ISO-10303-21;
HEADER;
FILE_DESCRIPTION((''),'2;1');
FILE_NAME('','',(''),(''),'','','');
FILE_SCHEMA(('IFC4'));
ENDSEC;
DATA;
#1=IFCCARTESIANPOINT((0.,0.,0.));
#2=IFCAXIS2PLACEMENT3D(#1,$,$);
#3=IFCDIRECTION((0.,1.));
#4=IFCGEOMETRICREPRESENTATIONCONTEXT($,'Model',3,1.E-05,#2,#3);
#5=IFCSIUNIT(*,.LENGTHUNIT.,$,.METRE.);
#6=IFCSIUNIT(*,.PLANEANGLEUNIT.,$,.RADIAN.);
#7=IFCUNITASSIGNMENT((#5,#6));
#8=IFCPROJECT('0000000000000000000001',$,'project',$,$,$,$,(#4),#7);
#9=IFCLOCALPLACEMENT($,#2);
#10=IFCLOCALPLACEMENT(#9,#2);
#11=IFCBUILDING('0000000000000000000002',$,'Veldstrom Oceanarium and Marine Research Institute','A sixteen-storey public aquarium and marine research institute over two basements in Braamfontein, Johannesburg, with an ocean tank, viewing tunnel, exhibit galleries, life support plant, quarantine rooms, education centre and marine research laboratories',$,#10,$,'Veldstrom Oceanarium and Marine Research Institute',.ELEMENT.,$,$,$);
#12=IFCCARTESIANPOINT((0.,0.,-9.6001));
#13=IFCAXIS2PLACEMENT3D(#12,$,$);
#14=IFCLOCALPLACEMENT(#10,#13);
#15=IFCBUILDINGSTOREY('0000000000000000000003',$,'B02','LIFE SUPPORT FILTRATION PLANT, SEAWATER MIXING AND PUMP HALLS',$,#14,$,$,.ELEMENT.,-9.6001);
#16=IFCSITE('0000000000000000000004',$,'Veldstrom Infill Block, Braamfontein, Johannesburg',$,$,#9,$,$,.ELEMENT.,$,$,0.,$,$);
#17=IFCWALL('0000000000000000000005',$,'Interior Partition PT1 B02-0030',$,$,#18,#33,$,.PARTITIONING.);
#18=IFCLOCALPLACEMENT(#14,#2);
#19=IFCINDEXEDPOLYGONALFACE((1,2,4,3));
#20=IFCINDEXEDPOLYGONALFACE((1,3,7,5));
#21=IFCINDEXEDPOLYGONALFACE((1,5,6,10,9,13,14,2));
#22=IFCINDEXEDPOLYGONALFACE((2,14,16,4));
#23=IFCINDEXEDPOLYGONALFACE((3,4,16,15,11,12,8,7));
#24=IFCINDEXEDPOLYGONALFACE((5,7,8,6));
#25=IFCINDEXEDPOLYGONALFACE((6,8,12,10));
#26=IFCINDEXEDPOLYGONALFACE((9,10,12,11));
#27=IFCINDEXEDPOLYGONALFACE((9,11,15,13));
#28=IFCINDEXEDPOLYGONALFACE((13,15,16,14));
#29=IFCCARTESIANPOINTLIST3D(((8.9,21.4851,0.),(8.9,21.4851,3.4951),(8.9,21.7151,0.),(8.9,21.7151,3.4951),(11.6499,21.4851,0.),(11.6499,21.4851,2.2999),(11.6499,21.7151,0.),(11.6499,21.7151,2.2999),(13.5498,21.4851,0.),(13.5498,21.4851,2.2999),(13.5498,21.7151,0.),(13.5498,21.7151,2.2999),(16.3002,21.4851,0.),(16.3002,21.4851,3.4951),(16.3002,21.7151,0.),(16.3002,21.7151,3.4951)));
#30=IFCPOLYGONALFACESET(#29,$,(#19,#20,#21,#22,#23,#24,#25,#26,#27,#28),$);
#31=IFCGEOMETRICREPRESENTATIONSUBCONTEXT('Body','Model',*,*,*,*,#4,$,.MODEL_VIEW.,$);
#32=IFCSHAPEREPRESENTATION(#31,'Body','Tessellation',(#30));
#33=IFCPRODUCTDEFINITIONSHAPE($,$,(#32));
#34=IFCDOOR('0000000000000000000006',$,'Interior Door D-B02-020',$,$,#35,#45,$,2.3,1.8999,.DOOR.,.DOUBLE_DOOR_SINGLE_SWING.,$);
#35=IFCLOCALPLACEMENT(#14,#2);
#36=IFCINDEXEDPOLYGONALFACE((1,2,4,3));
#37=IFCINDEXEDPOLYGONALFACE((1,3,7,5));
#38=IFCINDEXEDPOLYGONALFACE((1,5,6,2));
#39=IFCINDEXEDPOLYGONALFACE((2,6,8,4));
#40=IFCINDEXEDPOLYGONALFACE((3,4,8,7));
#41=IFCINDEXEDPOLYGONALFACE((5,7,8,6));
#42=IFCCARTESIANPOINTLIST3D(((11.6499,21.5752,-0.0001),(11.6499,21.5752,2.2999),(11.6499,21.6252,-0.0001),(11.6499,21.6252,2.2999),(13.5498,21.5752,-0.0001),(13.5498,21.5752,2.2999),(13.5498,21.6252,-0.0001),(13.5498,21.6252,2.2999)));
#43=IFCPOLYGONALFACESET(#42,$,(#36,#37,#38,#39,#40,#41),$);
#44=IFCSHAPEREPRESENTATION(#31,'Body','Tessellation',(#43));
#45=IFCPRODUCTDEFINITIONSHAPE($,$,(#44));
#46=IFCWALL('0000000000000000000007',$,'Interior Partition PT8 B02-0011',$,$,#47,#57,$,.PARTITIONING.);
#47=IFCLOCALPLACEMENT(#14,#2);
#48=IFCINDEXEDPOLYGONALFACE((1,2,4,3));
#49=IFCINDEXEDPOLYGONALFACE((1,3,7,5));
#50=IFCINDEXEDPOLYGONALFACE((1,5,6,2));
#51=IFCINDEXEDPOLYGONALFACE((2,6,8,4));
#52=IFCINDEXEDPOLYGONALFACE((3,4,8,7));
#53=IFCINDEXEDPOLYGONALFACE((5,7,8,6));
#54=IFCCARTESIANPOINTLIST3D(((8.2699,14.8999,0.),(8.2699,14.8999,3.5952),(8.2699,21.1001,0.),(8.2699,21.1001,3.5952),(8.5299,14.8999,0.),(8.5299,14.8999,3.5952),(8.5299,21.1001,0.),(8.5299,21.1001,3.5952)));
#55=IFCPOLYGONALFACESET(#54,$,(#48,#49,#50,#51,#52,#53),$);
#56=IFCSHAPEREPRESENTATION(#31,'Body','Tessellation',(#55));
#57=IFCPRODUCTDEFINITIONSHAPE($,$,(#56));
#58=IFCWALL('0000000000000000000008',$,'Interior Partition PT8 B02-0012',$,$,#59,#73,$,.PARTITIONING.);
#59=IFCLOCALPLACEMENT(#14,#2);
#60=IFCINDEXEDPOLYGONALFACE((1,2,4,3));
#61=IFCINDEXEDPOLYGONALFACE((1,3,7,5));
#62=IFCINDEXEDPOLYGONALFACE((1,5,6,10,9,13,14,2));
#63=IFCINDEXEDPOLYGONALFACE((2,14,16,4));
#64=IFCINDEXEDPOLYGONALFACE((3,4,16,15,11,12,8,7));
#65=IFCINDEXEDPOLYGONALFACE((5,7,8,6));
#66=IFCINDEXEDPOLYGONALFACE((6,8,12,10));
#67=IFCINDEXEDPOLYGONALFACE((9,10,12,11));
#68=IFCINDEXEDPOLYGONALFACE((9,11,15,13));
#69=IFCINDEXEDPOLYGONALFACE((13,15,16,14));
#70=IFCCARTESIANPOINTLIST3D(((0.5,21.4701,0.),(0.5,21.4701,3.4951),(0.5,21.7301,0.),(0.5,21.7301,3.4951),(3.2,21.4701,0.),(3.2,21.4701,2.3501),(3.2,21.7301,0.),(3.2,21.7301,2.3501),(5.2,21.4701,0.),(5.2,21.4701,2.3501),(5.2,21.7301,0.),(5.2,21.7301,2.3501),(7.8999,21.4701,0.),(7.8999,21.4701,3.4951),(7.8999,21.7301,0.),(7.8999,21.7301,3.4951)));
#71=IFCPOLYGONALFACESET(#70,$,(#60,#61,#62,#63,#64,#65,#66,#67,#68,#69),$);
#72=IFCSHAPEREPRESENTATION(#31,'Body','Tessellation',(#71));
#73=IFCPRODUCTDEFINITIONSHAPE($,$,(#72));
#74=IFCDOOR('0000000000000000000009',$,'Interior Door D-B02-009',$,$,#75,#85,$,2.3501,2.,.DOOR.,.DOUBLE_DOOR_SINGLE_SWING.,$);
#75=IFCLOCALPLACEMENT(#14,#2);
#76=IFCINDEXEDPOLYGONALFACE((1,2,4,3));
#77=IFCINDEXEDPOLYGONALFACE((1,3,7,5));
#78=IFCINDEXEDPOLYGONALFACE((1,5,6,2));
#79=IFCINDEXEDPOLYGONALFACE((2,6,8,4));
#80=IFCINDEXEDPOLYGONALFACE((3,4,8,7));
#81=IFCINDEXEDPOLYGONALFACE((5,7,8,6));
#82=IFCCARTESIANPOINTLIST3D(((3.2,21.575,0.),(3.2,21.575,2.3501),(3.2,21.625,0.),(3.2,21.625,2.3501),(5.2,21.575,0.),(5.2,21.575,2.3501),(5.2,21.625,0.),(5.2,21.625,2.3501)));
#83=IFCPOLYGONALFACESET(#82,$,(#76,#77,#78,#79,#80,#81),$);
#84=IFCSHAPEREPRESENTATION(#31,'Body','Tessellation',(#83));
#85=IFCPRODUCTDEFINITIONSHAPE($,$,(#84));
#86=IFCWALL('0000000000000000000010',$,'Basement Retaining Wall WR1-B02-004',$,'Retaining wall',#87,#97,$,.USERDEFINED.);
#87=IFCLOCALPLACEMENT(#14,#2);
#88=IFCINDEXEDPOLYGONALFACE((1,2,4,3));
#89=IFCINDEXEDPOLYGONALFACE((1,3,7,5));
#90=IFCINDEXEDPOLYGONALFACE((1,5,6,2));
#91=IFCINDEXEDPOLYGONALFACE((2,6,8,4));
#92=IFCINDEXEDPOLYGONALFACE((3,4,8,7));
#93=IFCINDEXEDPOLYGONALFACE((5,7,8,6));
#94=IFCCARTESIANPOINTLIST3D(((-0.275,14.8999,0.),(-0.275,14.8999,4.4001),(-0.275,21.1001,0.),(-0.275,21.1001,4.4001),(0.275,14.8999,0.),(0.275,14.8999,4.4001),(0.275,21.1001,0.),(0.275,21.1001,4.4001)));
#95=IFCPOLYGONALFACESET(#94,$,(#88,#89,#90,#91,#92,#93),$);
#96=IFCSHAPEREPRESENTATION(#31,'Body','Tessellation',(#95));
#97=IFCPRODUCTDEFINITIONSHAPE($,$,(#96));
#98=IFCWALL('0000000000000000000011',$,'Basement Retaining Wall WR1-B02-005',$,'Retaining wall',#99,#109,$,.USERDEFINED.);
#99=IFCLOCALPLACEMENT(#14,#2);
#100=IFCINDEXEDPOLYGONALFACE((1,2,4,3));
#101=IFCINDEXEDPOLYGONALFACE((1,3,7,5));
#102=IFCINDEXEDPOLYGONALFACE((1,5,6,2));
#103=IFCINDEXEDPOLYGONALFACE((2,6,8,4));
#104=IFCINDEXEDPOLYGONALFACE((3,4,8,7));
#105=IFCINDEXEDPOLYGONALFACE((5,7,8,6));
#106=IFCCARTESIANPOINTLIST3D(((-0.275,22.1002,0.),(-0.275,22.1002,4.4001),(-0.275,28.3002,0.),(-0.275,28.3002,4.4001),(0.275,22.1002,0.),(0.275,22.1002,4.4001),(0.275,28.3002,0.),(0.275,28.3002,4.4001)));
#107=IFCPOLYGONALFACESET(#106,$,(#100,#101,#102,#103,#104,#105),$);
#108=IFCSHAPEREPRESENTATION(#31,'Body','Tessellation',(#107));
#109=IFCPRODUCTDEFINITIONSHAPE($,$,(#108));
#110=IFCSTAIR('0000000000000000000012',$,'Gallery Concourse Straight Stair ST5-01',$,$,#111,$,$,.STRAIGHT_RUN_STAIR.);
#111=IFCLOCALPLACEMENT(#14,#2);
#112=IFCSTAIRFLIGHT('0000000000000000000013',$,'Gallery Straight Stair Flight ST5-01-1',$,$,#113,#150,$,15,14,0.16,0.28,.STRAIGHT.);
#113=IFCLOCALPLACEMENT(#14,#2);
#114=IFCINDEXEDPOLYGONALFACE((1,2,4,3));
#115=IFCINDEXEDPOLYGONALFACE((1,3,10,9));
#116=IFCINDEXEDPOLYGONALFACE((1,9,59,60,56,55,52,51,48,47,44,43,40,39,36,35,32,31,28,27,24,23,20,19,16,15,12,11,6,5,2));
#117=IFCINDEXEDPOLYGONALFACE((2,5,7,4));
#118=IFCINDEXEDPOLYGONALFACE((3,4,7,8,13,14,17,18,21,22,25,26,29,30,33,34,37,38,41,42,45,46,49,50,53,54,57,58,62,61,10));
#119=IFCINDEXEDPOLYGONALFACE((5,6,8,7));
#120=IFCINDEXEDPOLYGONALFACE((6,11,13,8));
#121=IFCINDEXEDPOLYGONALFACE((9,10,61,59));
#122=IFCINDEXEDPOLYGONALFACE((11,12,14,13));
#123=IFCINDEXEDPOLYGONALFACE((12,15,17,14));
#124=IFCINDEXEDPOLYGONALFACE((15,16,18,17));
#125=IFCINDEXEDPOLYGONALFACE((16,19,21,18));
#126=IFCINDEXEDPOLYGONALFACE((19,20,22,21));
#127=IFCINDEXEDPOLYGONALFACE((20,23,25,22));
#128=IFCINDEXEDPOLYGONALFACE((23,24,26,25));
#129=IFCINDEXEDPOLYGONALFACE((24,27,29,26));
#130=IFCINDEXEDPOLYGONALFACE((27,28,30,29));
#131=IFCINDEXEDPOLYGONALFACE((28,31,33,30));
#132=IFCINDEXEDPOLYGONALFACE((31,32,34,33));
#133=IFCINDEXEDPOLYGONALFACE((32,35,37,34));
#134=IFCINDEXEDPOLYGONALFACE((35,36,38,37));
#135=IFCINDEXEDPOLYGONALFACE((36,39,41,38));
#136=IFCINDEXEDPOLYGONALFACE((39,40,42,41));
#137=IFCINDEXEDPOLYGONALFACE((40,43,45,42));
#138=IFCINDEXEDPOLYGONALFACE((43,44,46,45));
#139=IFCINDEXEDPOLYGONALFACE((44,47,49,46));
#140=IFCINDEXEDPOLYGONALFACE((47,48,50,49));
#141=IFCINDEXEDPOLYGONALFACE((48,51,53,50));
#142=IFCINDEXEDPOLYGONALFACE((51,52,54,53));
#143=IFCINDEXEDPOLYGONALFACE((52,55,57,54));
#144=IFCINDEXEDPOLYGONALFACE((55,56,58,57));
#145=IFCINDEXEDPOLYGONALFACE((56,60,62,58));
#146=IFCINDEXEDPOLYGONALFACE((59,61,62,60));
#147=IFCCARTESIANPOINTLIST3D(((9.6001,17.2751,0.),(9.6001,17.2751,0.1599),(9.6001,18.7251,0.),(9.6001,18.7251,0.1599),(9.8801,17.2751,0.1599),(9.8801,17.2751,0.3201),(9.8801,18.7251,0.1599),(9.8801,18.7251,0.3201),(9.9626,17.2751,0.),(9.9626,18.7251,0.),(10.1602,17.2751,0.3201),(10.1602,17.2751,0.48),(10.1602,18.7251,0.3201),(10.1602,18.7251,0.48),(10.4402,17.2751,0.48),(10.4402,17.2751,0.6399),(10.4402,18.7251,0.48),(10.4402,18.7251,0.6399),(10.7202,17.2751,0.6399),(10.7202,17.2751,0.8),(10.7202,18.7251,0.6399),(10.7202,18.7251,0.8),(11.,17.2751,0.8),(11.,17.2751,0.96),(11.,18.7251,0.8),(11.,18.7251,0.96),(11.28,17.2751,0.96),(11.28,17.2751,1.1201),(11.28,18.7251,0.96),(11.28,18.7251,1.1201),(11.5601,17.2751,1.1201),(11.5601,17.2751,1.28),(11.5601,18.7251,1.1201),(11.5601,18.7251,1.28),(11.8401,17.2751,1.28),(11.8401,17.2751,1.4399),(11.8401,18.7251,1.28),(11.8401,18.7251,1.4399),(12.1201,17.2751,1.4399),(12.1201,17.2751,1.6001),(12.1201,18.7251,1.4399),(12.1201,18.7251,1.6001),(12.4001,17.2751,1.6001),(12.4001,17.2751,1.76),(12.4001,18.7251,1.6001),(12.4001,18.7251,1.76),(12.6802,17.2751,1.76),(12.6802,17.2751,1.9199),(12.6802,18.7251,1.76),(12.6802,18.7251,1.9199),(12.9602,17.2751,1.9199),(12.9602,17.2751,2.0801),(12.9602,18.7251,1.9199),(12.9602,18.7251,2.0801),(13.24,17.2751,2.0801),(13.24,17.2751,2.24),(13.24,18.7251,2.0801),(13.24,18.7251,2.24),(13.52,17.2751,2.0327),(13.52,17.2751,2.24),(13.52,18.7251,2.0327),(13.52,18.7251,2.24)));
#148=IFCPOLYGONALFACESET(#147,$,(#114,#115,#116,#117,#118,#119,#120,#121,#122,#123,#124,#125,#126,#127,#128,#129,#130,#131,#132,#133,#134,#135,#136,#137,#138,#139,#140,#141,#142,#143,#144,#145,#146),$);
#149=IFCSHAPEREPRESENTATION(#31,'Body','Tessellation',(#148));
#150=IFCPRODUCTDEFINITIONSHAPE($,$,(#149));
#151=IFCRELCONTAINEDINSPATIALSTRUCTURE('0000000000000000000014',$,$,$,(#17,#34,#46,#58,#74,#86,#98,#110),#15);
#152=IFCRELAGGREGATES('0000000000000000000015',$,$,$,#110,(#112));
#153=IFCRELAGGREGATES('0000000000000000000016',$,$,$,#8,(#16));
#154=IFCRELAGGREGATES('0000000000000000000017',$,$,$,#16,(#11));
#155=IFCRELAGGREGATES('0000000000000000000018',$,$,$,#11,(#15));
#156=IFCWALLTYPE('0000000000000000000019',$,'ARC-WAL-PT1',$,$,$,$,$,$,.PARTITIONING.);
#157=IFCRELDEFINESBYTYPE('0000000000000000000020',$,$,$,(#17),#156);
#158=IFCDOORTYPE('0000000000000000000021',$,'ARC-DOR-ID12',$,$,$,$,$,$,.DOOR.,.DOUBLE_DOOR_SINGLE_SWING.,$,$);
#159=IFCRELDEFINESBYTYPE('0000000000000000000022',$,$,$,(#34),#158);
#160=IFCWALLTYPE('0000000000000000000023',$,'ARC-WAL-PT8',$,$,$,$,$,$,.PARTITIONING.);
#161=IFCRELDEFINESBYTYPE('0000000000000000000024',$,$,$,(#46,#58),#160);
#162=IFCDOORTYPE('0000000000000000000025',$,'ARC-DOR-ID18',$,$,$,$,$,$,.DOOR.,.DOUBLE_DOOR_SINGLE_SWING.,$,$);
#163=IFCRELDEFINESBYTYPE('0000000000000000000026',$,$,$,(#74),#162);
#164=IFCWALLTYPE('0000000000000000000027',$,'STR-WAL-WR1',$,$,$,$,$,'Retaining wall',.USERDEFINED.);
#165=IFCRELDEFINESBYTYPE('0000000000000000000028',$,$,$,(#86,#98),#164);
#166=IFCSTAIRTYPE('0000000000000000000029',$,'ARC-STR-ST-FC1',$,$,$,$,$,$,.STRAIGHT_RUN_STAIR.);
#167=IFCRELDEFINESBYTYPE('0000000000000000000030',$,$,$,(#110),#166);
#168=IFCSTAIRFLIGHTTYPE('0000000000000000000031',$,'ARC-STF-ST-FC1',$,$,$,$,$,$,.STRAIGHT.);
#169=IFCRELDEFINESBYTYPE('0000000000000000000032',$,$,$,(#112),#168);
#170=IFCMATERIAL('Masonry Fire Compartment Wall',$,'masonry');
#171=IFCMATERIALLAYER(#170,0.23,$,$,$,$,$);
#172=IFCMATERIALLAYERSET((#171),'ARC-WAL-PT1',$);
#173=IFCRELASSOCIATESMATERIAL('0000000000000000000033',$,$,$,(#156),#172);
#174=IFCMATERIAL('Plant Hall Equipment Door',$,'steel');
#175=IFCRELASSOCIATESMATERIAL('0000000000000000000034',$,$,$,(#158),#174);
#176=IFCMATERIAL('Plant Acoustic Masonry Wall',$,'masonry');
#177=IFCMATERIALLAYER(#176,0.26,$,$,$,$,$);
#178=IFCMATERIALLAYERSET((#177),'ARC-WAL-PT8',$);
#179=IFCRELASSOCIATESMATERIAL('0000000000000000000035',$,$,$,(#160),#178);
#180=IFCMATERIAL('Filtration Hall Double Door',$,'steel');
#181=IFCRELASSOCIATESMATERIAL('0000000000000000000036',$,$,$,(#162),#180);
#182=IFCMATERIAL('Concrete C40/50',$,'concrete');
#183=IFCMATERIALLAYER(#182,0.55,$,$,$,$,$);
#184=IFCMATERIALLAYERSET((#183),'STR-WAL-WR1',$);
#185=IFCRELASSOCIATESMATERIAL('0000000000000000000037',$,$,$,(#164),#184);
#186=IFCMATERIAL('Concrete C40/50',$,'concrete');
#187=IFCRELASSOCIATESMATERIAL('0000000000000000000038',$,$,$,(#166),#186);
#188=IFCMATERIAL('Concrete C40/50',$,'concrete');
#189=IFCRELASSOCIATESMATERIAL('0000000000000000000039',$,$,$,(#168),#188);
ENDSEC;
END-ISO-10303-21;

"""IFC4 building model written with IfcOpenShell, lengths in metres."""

from ifc_helpers import new_model, si_unit, direction, frame, frame_2d, origin, place, context, subcontext, project, spatial, polyline, rectangle, outline, extrude, material, layer, layer_set, type_object, element, fill, aggregate, save


model = new_model("IFC4")

# Units and contexts
model_context = context("Model", 3, precision=1e-05, world=origin(), true_north=direction((0.0, 1.0)))
body_context = subcontext(model_context, "Body", "Model", "MODEL_VIEW")
ifc_project = project(units=[si_unit("LENGTHUNIT", "METRE"), si_unit("PLANEANGLEUNIT", "RADIAN")], contexts=[model_context])

# Site, building, storey
site_placement = place(None, origin())
site = spatial("IfcSite", under=ifc_project, at=site_placement, Name="Veldstrom Infill Block, Braamfontein, Johannesburg", CompositionType="ELEMENT", RefElevation=0.0)
building_placement = place(site_placement, origin())
building = spatial("IfcBuilding", under=site, at=building_placement, Name="Veldstrom Oceanarium and Marine Research Institute", Description="A sixteen-storey public aquarium and marine research institute over two basements in Braamfontein, Johannesburg, with an ocean tank, viewing tunnel, exhibit galleries, life support plant, quarantine rooms, education centre and marine research laboratories", LongName="Veldstrom Oceanarium and Marine Research Institute", CompositionType="ELEMENT")
storey_placement = place(building_placement, frame((0.0, 0.0, -9.6001)))
storey = spatial("IfcBuildingStorey", under=building, at=storey_placement, Name="B02", Description="LIFE SUPPORT FILTRATION PLANT, SEAWATER MIXING AND PUMP HALLS", CompositionType="ELEMENT", Elevation=-9.6001)

# Wall, opening, door
ifc_material_1 = material(Name="Masonry Fire Compartment Wall", Category="masonry")
ifc_layer_1 = layer(ifc_material_1, 0.23)
ifc_layer_set_1 = layer_set([ifc_layer_1], Name="ARC-WAL-PT1")
wall_type_1 = type_object("IfcWallType", Name="ARC-WAL-PT1", PredefinedType="PARTITIONING", material=ifc_layer_set_1)
wall_1_placement = place(storey_placement, frame((8.8999, 21.6001, 0.0), z_axis=(0.0, 0.0, 1.0), x_axis=(1.0, 0.0, 0.0)))
wall_1 = element("IfcWall", 1, at=wall_1_placement, inside=storey, type_object=wall_type_1, Name="Interior Partition PT1 B02-0030", PredefinedType="PARTITIONING", context=body_context, shape_type="SweptSolid", body=[
    extrude(rectangle(XDim=7.4001, YDim=0.23, at=frame_2d((3.7002, 0.0))), origin(), (0.0, 0.0, 1.0), 3.4951),
])
opening_1_placement = place(wall_1_placement, frame((2.75, 0.0, 0.0)))
opening_1 = element("IfcOpeningElement", 2, at=opening_1_placement, cuts=wall_1, PredefinedType="OPENING", context=body_context, shape_type="SweptSolid", body=[
    extrude(rectangle(XDim=1.8999, YDim=2.3, at=frame_2d((0.95, 1.1499))), frame((0.0, 0.125, 0.0), z_axis=(0.0, -1.0, 0.0), x_axis=(1.0, 0.0, 0.0)), (0.0, 0.0, 1.0), 0.25),
])
ifc_material_2 = material(Name="Plant Hall Equipment Door", Category="steel")
door_type_1 = type_object("IfcDoorType", Name="ARC-DOR-ID12", OperationType="DOUBLE_DOOR_SINGLE_SWING", PredefinedType="DOOR", material=ifc_material_2)
door_1_placement = place(opening_1_placement, frame((1.8999, 0.0, 0.0), z_axis=(0.0, 0.0, 1.0), x_axis=(-1.0, 0.0, 0.0)))
door_1 = element("IfcDoor", 3, at=door_1_placement, inside=storey, type_object=door_type_1, Name="Interior Door D-B02-020", OperationType="DOUBLE_DOOR_SINGLE_SWING", OverallHeight=2.3, OverallWidth=1.8999, PredefinedType="DOOR", context=body_context, shape_type="SweptSolid", body=[
    extrude(rectangle(XDim=1.8999, YDim=2.3, at=frame_2d((0.95, 1.1499))), frame((0.0, 0.0249, 0.0), z_axis=(0.0, -1.0, 0.0), x_axis=(1.0, 0.0, 0.0)), (0.0, 0.0, 1.0), 0.05),
])
fill(opening_1, door_1)

# Wall
ifc_material_3 = material(Name="Plant Acoustic Masonry Wall", Category="masonry")
ifc_layer_2 = layer(ifc_material_3, 0.26)
ifc_layer_set_2 = layer_set([ifc_layer_2], Name="ARC-WAL-PT8")
wall_type_2 = type_object("IfcWallType", Name="ARC-WAL-PT8", PredefinedType="PARTITIONING", material=ifc_layer_set_2)
wall_2_placement = place(storey_placement, frame((8.3999, 14.8999, 0.0), z_axis=(0.0, 0.0, 1.0), x_axis=(0.0, 1.0, 0.0)))
element("IfcWall", 4, at=wall_2_placement, inside=storey, type_object=wall_type_2, Name="Interior Partition PT8 B02-0011", PredefinedType="PARTITIONING", context=body_context, shape_type="SweptSolid", body=[
    extrude(rectangle(XDim=6.2002, YDim=0.26, at=frame_2d((3.1001, 0.0))), origin(), (0.0, 0.0, 1.0), 3.5952),
])

# Wall, opening, door
wall_3_placement = place(storey_placement, frame((0.5, 21.6001, 0.0), z_axis=(0.0, 0.0, 1.0), x_axis=(1.0, 0.0, 0.0)))
wall_3 = element("IfcWall", 5, at=wall_3_placement, inside=storey, type_object=wall_type_2, Name="Interior Partition PT8 B02-0012", PredefinedType="PARTITIONING", context=body_context, shape_type="SweptSolid", body=[
    extrude(rectangle(XDim=7.3999, YDim=0.26, at=frame_2d((3.7, 0.0))), origin(), (0.0, 0.0, 1.0), 3.4951),
])
opening_2_placement = place(wall_3_placement, frame((2.7, 0.0, 0.0)))
opening_2 = element("IfcOpeningElement", 6, at=opening_2_placement, cuts=wall_3, PredefinedType="OPENING", context=body_context, shape_type="SweptSolid", body=[
    extrude(rectangle(XDim=2.0, YDim=2.3501, at=frame_2d((1.0, 1.175))), frame((0.0, 0.1399, 0.0), z_axis=(0.0, -1.0, 0.0), x_axis=(1.0, 0.0, 0.0)), (0.0, 0.0, 1.0), 0.28),
])
ifc_material_4 = material(Name="Filtration Hall Double Door", Category="steel")
door_type_2 = type_object("IfcDoorType", Name="ARC-DOR-ID18", OperationType="DOUBLE_DOOR_SINGLE_SWING", PredefinedType="DOOR", material=ifc_material_4)
door_2_placement = place(opening_2_placement, origin())
door_2 = element("IfcDoor", 7, at=door_2_placement, inside=storey, type_object=door_type_2, Name="Interior Door D-B02-009", OperationType="DOUBLE_DOOR_SINGLE_SWING", OverallHeight=2.3501, OverallWidth=2.0, PredefinedType="DOOR", context=body_context, shape_type="SweptSolid", body=[
    extrude(rectangle(XDim=2.0, YDim=2.3501, at=frame_2d((1.0, 1.175))), frame((0.0, 0.0249, 0.0), z_axis=(0.0, -1.0, 0.0), x_axis=(1.0, 0.0, 0.0)), (0.0, 0.0, 1.0), 0.05),
])
fill(opening_2, door_2)

# Walls
ifc_material_5 = material(Name="Concrete C40/50", Category="concrete")
ifc_layer_3 = layer(ifc_material_5, 0.55)
ifc_layer_set_3 = layer_set([ifc_layer_3], Name="STR-WAL-WR1")
wall_type_3 = type_object("IfcWallType", Name="STR-WAL-WR1", ElementType="Retaining wall", PredefinedType="USERDEFINED", material=ifc_layer_set_3)
wall_4_placement = place(storey_placement, frame((0.0, 14.8999, 0.0), z_axis=(0.0, 0.0, 1.0), x_axis=(0.0, 1.0, 0.0)))
element("IfcWall", 8, at=wall_4_placement, inside=storey, type_object=wall_type_3, Name="Basement Retaining Wall WR1-B02-004", ObjectType="Retaining wall", PredefinedType="USERDEFINED", context=body_context, shape_type="SweptSolid", body=[
    extrude(rectangle(XDim=6.2002, YDim=0.55, at=frame_2d((3.1001, 0.0))), origin(), (0.0, 0.0, 1.0), 4.4001),
])
wall_5_placement = place(storey_placement, frame((0.0, 22.1001, 0.0), z_axis=(0.0, 0.0, 1.0), x_axis=(0.0, 1.0, 0.0)))
element("IfcWall", 9, at=wall_5_placement, inside=storey, type_object=wall_type_3, Name="Basement Retaining Wall WR1-B02-005", ObjectType="Retaining wall", PredefinedType="USERDEFINED", context=body_context, shape_type="SweptSolid", body=[
    extrude(rectangle(XDim=6.2, YDim=0.55, at=frame_2d((3.1001, 0.0))), origin(), (0.0, 0.0, 1.0), 4.4001),
])

# Stair, stair flight
ifc_material_6 = material(Name="Concrete C40/50", Category="concrete")
stair_type = type_object("IfcStairType", Name="ARC-STR-ST-FC1", PredefinedType="STRAIGHT_RUN_STAIR", material=ifc_material_6)
stair_placement = place(storey_placement, origin())
stair = element("IfcStair", 10, at=stair_placement, inside=storey, type_object=stair_type, Name="Gallery Concourse Straight Stair ST5-01", PredefinedType="STRAIGHT_RUN_STAIR")
ifc_material_7 = material(Name="Concrete C40/50", Category="concrete")
stair_flight_type = type_object("IfcStairFlightType", Name="ARC-STF-ST-FC1", PredefinedType="STRAIGHT", material=ifc_material_7)
stair_flight_placement = place(storey_placement, frame((9.6001, 18.0, 0.0), z_axis=(0.0, 0.0, 1.0), x_axis=(1.0, 0.0, 0.0)))
stair_flight = element("IfcStairFlight", 11, at=stair_flight_placement, type_object=stair_flight_type, Name="Gallery Straight Stair Flight ST5-01-1", NumberOfRisers=15, NumberOfTreads=14, PredefinedType="STRAIGHT", RiserHeight=0.16, TreadLength=0.28, context=body_context, shape_type="SweptSolid", body=[
    extrude(outline(polyline([(0.0, 0.0), (0.0, 0.1599), (0.28, 0.1599), (0.28, 0.3201), (0.5601, 0.3201), (0.5601, 0.48), (0.8401, 0.48), (0.8401, 0.6399), (1.1201, 0.6399), (1.1201, 0.8), (1.3999, 0.8), (1.3999, 0.96), (1.6799, 0.96), (1.6799, 1.1201), (1.96, 1.1201), (1.96, 1.28), (2.24, 1.28), (2.24, 1.4399), (2.52, 1.4399), (2.52, 1.6001), (2.8, 1.6001), (2.8, 1.76), (3.0801, 1.76), (3.0801, 1.9199), (3.3601, 1.9199), (3.3601, 2.0801), (3.6399, 2.0801), (3.6399, 2.24), (3.9199, 2.24), (3.9199, 2.3999), (3.9199, 2.0327), (0.3625, 0.0), (0.0, 0.0)])), frame((0.0, 0.7251, 0.0), z_axis=(0.0, -1.0, 0.0), x_axis=(1.0, 0.0, 0.0)), (0.0, 0.0, 1.0), 1.45),
])
aggregate(stair, [stair_flight])

save(model, "model.ifc")
